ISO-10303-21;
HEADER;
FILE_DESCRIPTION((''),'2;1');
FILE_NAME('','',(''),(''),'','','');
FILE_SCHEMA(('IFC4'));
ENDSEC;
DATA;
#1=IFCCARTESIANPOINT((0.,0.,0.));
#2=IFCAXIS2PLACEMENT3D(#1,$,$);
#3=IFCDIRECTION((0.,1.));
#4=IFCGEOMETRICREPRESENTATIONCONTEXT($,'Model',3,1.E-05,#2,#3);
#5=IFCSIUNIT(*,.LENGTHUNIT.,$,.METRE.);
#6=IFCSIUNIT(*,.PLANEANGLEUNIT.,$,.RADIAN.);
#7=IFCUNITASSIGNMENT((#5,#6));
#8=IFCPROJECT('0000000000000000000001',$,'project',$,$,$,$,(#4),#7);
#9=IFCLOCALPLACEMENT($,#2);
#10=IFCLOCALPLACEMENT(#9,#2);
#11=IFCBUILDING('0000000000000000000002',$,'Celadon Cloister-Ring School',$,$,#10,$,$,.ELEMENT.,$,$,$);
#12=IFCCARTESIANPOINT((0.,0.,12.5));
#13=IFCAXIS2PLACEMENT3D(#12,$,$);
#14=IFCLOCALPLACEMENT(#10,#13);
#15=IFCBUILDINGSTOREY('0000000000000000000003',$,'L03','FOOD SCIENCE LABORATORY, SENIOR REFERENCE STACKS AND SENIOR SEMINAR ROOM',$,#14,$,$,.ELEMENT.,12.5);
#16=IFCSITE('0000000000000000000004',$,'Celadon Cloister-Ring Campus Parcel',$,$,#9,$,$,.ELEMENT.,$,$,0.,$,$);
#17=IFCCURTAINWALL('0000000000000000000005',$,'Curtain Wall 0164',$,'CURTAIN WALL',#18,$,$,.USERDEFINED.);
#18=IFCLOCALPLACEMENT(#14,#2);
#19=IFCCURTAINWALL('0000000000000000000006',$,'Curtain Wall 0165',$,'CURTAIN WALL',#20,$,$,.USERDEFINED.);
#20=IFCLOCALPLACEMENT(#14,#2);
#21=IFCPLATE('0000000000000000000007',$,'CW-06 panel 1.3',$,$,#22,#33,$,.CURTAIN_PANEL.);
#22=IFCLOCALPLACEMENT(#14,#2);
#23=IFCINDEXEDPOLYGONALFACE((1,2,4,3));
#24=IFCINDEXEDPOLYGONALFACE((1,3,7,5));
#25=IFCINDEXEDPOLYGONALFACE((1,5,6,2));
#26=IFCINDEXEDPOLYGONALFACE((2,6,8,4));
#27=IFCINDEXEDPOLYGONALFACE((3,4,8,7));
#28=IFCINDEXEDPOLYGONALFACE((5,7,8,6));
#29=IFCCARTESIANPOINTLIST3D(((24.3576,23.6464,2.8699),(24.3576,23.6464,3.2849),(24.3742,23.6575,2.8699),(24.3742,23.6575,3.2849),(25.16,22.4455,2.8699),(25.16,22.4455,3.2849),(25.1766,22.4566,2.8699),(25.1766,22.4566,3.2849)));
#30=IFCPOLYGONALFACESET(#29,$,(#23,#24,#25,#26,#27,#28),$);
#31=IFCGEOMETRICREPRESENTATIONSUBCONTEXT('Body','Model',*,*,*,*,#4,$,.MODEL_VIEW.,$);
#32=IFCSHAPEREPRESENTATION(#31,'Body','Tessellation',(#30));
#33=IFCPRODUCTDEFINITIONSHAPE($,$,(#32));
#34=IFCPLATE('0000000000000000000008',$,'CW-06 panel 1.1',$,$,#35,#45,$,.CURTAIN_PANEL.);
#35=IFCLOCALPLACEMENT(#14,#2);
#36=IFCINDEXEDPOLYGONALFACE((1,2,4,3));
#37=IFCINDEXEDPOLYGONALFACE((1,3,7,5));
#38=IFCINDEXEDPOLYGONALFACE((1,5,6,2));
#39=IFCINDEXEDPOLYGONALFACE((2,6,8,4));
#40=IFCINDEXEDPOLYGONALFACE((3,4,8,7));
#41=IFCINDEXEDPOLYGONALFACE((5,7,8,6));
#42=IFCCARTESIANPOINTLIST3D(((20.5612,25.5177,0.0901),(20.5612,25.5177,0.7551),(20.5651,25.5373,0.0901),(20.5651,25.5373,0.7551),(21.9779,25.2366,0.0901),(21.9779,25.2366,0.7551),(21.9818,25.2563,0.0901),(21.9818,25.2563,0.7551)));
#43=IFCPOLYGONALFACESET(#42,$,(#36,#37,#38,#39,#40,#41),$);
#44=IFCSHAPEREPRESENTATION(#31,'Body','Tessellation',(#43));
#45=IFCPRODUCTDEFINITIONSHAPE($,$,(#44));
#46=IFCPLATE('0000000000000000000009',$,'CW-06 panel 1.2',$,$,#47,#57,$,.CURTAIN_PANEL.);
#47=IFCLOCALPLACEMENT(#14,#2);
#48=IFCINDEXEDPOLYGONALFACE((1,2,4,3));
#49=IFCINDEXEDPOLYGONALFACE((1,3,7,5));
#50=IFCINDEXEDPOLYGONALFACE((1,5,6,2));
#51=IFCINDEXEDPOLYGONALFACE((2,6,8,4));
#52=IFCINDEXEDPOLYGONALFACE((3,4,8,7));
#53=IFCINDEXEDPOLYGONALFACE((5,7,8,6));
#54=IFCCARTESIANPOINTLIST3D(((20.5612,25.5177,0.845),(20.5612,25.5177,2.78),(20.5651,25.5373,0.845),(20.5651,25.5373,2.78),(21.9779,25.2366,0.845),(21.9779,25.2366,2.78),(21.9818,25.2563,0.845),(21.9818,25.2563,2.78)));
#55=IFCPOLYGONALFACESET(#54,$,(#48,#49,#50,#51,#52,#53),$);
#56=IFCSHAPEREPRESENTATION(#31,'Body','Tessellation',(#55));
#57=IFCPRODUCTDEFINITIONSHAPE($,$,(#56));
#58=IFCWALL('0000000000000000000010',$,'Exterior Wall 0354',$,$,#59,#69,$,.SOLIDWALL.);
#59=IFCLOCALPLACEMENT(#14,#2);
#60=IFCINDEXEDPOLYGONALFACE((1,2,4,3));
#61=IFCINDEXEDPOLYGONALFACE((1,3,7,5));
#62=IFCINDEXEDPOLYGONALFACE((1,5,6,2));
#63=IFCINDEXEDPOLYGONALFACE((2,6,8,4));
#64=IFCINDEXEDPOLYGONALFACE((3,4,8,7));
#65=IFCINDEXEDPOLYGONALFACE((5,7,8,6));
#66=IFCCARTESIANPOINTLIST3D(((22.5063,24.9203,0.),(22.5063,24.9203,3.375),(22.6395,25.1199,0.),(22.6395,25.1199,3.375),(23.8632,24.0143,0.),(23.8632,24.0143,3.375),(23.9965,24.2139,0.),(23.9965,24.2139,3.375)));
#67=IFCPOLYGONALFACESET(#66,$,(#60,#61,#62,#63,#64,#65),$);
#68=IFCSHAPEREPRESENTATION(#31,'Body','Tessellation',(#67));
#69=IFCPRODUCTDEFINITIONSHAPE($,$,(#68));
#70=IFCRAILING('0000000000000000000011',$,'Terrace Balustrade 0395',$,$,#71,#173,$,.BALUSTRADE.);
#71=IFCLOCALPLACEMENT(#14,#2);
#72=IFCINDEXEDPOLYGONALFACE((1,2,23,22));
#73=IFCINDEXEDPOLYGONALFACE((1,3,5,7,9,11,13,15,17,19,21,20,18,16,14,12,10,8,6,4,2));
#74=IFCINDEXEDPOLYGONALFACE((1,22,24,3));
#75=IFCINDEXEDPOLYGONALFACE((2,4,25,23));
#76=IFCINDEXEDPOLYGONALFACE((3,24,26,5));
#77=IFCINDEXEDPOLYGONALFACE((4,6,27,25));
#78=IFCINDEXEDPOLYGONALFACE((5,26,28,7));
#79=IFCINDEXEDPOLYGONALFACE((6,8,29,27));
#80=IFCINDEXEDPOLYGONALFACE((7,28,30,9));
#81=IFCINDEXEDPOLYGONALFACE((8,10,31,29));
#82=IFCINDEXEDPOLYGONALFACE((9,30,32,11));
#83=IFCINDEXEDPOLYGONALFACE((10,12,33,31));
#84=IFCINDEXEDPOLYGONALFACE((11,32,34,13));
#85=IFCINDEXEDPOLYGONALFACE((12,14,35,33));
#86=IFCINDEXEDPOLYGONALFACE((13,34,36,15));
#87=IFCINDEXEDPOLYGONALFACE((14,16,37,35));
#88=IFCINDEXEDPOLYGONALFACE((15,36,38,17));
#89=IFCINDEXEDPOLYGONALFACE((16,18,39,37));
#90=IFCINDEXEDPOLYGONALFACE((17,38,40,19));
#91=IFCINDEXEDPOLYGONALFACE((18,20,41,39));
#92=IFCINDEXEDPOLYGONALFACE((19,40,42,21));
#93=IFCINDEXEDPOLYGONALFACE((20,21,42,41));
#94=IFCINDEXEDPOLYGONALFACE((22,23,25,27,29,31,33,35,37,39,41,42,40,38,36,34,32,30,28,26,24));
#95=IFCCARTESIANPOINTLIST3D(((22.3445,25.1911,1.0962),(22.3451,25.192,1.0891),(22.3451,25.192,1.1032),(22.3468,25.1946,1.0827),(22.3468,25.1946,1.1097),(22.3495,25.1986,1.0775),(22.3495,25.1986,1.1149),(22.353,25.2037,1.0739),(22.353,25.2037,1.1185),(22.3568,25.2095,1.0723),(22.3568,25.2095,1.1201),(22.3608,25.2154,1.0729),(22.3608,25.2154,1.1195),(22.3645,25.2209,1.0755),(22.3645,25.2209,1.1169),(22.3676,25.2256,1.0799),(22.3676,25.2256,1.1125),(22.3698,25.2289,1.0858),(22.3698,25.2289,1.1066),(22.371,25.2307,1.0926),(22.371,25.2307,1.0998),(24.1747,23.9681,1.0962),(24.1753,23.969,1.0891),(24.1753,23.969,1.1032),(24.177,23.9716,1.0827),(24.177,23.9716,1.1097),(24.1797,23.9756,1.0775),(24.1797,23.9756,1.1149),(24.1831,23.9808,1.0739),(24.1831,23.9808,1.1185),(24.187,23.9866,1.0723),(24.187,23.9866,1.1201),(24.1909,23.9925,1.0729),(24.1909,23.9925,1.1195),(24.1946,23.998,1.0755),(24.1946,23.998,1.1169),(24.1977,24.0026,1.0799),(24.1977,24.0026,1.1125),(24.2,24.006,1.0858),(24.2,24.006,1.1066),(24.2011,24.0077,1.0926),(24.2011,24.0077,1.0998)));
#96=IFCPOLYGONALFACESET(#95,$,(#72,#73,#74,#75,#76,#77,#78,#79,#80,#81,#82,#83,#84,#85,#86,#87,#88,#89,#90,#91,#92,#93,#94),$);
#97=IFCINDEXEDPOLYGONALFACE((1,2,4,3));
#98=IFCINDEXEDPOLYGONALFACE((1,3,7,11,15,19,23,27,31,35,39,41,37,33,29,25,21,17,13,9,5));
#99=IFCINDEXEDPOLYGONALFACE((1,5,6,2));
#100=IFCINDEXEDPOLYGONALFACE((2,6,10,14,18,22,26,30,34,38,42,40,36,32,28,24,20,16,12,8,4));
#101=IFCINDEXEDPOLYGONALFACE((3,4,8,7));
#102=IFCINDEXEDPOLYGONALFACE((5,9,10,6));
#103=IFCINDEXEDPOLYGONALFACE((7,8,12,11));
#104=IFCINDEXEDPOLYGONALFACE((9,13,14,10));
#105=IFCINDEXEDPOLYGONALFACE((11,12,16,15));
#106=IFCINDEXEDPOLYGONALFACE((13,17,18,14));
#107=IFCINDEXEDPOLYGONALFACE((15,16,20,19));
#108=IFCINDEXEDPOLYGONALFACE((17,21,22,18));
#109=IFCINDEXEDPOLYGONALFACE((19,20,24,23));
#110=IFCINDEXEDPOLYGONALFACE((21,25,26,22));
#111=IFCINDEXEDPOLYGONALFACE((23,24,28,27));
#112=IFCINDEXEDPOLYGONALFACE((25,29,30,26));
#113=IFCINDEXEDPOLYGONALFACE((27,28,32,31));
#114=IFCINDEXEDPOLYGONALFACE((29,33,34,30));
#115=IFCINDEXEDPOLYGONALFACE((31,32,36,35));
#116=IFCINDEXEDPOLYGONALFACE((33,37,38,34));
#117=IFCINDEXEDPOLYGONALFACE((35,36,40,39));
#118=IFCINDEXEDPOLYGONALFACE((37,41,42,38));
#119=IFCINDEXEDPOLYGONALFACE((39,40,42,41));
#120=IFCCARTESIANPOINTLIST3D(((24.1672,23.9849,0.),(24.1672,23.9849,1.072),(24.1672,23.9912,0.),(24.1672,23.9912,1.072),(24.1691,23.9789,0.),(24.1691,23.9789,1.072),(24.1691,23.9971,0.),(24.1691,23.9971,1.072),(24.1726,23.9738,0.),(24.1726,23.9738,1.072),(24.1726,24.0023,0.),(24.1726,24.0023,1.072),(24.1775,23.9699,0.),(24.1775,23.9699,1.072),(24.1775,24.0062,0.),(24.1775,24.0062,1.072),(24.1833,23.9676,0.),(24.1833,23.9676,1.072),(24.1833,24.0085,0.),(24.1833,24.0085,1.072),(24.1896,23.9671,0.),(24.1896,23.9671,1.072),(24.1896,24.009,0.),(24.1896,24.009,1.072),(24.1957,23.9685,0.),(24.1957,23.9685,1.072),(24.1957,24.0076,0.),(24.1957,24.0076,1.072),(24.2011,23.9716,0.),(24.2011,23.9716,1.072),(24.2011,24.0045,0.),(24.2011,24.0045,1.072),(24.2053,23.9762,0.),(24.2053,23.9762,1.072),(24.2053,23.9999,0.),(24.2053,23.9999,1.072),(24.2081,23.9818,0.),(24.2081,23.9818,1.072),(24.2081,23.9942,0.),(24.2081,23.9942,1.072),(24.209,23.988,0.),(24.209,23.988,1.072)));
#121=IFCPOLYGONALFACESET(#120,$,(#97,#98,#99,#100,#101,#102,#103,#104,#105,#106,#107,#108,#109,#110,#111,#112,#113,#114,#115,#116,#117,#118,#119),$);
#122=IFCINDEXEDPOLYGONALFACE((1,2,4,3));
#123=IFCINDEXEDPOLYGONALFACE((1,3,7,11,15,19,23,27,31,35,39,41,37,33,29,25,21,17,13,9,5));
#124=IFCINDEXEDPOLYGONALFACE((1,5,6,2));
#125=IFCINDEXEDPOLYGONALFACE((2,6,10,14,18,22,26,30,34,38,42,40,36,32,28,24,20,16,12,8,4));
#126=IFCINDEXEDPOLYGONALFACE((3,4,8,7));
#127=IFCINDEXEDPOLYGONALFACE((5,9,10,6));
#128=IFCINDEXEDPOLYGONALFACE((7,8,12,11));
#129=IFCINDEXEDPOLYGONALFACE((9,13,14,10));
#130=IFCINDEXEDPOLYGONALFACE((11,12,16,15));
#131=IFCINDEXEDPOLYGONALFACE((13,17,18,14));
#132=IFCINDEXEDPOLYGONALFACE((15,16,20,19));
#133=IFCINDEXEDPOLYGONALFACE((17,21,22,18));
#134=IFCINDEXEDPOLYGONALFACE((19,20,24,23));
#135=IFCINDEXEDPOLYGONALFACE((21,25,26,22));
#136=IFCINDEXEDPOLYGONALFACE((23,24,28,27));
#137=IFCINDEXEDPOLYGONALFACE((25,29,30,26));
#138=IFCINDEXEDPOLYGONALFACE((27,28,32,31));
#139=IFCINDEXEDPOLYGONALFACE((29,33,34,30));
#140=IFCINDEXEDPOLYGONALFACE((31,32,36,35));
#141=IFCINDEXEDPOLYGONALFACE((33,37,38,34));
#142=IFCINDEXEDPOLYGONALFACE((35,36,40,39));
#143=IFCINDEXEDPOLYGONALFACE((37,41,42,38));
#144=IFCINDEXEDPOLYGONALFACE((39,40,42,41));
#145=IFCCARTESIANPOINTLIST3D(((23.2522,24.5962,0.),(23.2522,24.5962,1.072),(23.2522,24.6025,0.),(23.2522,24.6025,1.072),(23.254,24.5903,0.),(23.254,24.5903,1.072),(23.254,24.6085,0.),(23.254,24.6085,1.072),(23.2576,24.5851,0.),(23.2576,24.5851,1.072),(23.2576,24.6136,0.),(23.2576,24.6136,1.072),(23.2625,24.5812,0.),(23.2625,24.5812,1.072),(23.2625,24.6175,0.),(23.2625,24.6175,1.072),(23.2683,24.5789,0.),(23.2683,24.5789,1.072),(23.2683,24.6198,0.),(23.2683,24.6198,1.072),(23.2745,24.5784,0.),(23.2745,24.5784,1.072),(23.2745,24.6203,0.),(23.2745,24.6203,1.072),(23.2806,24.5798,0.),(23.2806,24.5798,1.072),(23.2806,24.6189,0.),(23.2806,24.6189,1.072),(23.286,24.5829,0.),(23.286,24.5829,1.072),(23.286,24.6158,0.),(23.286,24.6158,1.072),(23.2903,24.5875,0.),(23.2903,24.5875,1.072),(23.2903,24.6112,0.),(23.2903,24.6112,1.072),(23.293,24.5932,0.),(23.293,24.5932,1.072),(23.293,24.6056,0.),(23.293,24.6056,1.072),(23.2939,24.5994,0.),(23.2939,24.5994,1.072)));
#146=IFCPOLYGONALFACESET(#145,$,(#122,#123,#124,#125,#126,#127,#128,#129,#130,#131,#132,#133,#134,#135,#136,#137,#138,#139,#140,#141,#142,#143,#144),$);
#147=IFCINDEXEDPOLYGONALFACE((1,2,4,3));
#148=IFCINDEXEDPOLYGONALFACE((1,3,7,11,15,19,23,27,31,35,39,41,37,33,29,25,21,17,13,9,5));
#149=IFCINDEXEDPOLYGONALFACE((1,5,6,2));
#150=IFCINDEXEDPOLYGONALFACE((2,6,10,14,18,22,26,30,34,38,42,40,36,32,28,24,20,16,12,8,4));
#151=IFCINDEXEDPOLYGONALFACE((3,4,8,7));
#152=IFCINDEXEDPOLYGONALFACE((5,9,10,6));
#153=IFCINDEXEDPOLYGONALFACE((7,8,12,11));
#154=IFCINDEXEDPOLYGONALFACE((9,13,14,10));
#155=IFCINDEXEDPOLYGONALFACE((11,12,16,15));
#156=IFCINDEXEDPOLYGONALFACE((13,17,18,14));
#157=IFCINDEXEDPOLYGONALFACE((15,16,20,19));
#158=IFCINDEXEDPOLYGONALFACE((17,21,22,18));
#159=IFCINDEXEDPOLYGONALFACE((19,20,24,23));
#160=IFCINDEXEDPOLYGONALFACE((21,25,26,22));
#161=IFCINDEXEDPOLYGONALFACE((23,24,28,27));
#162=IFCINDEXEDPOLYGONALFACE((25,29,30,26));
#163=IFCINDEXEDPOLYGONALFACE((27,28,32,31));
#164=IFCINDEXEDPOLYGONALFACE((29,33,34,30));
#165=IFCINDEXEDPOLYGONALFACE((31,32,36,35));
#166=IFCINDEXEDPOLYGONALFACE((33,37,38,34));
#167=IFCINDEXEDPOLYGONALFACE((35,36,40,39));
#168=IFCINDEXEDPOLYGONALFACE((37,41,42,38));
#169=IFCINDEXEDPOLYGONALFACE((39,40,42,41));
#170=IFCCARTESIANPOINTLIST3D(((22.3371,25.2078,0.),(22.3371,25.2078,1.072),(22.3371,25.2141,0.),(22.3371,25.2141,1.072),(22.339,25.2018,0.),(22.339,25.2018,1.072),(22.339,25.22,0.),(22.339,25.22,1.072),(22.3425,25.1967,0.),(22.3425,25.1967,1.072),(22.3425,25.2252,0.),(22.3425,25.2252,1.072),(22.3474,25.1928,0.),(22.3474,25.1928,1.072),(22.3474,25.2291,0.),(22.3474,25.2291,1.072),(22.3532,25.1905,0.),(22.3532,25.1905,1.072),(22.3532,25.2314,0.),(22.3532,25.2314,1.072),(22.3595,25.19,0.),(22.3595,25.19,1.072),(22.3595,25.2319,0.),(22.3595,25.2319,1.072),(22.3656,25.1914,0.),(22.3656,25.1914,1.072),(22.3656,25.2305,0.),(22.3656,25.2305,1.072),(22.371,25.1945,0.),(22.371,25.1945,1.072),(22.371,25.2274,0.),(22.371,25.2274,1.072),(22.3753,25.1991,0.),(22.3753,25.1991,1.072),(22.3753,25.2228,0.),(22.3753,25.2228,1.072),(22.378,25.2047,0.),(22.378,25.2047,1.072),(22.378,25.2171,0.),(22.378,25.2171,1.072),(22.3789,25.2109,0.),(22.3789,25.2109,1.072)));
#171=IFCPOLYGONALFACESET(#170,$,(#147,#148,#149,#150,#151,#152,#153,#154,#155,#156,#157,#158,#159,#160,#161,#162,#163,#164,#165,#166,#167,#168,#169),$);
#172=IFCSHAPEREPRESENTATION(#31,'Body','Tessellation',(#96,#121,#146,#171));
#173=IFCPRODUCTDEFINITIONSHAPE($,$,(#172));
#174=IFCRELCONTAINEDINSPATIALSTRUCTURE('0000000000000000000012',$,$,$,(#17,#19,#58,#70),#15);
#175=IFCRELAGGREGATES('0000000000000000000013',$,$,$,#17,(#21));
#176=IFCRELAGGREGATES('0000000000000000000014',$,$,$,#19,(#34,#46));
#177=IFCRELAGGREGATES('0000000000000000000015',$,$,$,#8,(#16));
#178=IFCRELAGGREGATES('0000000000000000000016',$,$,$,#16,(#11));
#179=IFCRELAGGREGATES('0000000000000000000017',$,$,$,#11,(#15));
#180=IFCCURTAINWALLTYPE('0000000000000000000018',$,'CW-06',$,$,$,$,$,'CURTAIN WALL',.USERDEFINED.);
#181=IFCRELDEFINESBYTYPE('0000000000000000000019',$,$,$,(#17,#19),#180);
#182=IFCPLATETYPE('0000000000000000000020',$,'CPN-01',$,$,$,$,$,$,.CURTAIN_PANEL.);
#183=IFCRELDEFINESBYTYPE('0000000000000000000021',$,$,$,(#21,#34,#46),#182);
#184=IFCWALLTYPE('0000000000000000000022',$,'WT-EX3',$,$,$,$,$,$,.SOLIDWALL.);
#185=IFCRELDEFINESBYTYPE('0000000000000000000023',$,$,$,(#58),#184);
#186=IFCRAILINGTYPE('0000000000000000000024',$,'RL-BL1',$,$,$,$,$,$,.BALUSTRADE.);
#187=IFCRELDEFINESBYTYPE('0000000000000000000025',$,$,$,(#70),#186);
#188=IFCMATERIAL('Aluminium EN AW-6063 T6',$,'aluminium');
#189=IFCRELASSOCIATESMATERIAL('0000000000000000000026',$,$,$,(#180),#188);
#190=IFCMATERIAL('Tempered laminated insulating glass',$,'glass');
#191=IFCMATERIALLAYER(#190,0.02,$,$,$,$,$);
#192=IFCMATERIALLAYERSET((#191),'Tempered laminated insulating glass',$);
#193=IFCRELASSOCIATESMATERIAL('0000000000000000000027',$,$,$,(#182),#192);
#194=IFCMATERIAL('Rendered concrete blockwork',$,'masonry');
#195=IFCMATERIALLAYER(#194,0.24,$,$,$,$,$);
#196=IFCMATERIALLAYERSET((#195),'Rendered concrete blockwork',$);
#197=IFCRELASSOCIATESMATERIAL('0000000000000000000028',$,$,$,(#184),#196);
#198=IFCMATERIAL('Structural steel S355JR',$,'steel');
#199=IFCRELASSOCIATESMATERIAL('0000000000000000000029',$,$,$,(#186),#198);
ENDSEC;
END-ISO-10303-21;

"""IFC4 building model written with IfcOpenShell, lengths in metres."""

from ifc_helpers import new_model, si_unit, direction, frame, frame_2d, origin, origin_2d, place, context, subcontext, project, spatial, rectangle, circle, extrude, material, layer, layer_set, type_object, element, aggregate, save


model = new_model("IFC4")

# Units and contexts
model_context = context("Model", 3, precision=1e-05, world=origin(), true_north=direction((0.0, 1.0)))
body_context = subcontext(model_context, "Body", "Model", "MODEL_VIEW")
ifc_project = project(units=[si_unit("LENGTHUNIT", "METRE"), si_unit("PLANEANGLEUNIT", "RADIAN")], contexts=[model_context])

# Site, building, storey
site_placement = place(None, origin())
site = spatial("IfcSite", under=ifc_project, at=site_placement, Name="Celadon Cloister-Ring Campus Parcel", CompositionType="ELEMENT", RefElevation=0.0)
building_placement = place(site_placement, origin())
building = spatial("IfcBuilding", under=site, at=building_placement, Name="Celadon Cloister-Ring School", CompositionType="ELEMENT")
storey_placement = place(building_placement, frame((0.0, 0.0, 12.5)))
storey = spatial("IfcBuildingStorey", under=building, at=storey_placement, Name="L03", Description="FOOD SCIENCE LABORATORY, SENIOR REFERENCE STACKS AND SENIOR SEMINAR ROOM", CompositionType="ELEMENT", Elevation=12.5)

# Curtain wall
ifc_material_1 = material(Name="Aluminium EN AW-6063 T6", Category="aluminium")
curtain_wall_type = type_object("IfcCurtainWallType", Name="CW-06", ElementType="CURTAIN WALL", PredefinedType="USERDEFINED", material=ifc_material_1)
curtain_wall_1_placement = place(storey_placement, origin())
curtain_wall_1 = element("IfcCurtainWall", 1, at=curtain_wall_1_placement, inside=storey, type_object=curtain_wall_type, Name="Curtain Wall 0164", ObjectType="CURTAIN WALL", PredefinedType="USERDEFINED")

# Curtain wall
curtain_wall_2_placement = place(storey_placement, origin())
curtain_wall_2 = element("IfcCurtainWall", 2, at=curtain_wall_2_placement, inside=storey, type_object=curtain_wall_type, Name="Curtain Wall 0165", ObjectType="CURTAIN WALL", PredefinedType="USERDEFINED")

# Plates
ifc_material_2 = material(Name="Tempered laminated insulating glass", Category="glass")
ifc_layer_1 = layer(ifc_material_2, 0.02)
ifc_layer_set_1 = layer_set([ifc_layer_1], Name="Tempered laminated insulating glass")
plate_type = type_object("IfcPlateType", Name="CPN-01", PredefinedType="CURTAIN_PANEL", material=ifc_layer_set_1)
plate_1_placement = place(storey_placement, frame((24.7671, 23.0515, 2.8699), z_axis=(0.0, 0.0, 1.0), x_axis=(-0.555547, 0.831485, 0.0)))
plate_1 = element("IfcPlate", 3, at=plate_1_placement, type_object=plate_type, Name="CW-06 panel 1.3", PredefinedType="CURTAIN_PANEL", context=body_context, shape_type="SweptSolid", body=[
    extrude(rectangle(XDim=1.4443, YDim=0.02, at=origin_2d()), origin(), (0.0, 0.0, 1.0), 0.415),
])
aggregate(curtain_wall_1, [plate_1])
plate_2_placement = place(storey_placement, frame((21.2715, 25.387, 0.0901), z_axis=(0.0, 0.0, 1.0), x_axis=(-0.980885, 0.194586, 0.0)))
plate_2 = element("IfcPlate", 4, at=plate_2_placement, type_object=plate_type, Name="CW-06 panel 1.1", PredefinedType="CURTAIN_PANEL", context=body_context, shape_type="SweptSolid", body=[
    extrude(rectangle(XDim=1.4443, YDim=0.02, at=origin_2d()), origin(), (0.0, 0.0, 1.0), 0.665),
])
plate_3_placement = place(storey_placement, frame((21.2715, 25.387, 0.845), z_axis=(0.0, 0.0, 1.0), x_axis=(-0.980885, 0.194586, 0.0)))
plate_3 = element("IfcPlate", 5, at=plate_3_placement, type_object=plate_type, Name="CW-06 panel 1.2", PredefinedType="CURTAIN_PANEL", context=body_context, shape_type="SweptSolid", body=[
    extrude(rectangle(XDim=1.4443, YDim=0.02, at=origin_2d()), origin(), (0.0, 0.0, 1.0), 1.9351),
])
aggregate(curtain_wall_2, [plate_2, plate_3])

# Wall
ifc_material_3 = material(Name="Rendered concrete blockwork", Category="masonry")
ifc_layer_2 = layer(ifc_material_3, 0.24)
ifc_layer_set_2 = layer_set([ifc_layer_2], Name="Rendered concrete blockwork")
wall_type = type_object("IfcWallType", Name="WT-EX3", PredefinedType="SOLIDWALL", material=ifc_layer_set_2)
wall_placement = place(storey_placement, frame((23.9299, 24.114, 0.0), z_axis=(0.0, 0.0, 1.0), x_axis=(-0.831659, 0.555287, 0.0)))
element("IfcWall", 6, at=wall_placement, inside=storey, type_object=wall_type, Name="Exterior Wall 0354", PredefinedType="SOLIDWALL", context=body_context, shape_type="SweptSolid", body=[
    extrude(rectangle(XDim=1.6316, YDim=0.24, at=frame_2d((0.8159, 0.0))), origin(), (0.0, 0.0, 1.0), 3.375),
])

# Railing
ifc_material_4 = material(Name="Structural steel S355JR", Category="steel")
railing_type = type_object("IfcRailingType", Name="RL-BL1", PredefinedType="BALUSTRADE", material=ifc_material_4)
railing_1_placement = place(storey_placement, frame((24.188, 23.988, 0.0)))
element("IfcRailing", 7, at=railing_1_placement, inside=storey, type_object=railing_type, Name="Terrace Balustrade 0395", PredefinedType="BALUSTRADE", context=body_context, shape_type="SweptSolid", body=[
    extrude(circle(Radius=0.0239, at=origin_2d()), frame((0.0, 0.0, 1.0962), z_axis=(-0.831453, 0.555596, 0.0), x_axis=(-0.555596, -0.831453, 0.0)), (0.0, 0.0, 1.0), 2.2012),
    extrude(circle(Radius=0.021, at=origin_2d()), origin(), (0.0, 0.0, 1.0), 1.072),
    extrude(circle(Radius=0.021, at=origin_2d()), frame((-0.915, 0.6113, 0.0)), (0.0, 0.0, 1.0), 1.072),
    extrude(circle(Radius=0.021, at=origin_2d()), frame((-1.8301, 1.2229, 0.0)), (0.0, 0.0, 1.0), 1.072),
])

save(model, "model.ifc")
